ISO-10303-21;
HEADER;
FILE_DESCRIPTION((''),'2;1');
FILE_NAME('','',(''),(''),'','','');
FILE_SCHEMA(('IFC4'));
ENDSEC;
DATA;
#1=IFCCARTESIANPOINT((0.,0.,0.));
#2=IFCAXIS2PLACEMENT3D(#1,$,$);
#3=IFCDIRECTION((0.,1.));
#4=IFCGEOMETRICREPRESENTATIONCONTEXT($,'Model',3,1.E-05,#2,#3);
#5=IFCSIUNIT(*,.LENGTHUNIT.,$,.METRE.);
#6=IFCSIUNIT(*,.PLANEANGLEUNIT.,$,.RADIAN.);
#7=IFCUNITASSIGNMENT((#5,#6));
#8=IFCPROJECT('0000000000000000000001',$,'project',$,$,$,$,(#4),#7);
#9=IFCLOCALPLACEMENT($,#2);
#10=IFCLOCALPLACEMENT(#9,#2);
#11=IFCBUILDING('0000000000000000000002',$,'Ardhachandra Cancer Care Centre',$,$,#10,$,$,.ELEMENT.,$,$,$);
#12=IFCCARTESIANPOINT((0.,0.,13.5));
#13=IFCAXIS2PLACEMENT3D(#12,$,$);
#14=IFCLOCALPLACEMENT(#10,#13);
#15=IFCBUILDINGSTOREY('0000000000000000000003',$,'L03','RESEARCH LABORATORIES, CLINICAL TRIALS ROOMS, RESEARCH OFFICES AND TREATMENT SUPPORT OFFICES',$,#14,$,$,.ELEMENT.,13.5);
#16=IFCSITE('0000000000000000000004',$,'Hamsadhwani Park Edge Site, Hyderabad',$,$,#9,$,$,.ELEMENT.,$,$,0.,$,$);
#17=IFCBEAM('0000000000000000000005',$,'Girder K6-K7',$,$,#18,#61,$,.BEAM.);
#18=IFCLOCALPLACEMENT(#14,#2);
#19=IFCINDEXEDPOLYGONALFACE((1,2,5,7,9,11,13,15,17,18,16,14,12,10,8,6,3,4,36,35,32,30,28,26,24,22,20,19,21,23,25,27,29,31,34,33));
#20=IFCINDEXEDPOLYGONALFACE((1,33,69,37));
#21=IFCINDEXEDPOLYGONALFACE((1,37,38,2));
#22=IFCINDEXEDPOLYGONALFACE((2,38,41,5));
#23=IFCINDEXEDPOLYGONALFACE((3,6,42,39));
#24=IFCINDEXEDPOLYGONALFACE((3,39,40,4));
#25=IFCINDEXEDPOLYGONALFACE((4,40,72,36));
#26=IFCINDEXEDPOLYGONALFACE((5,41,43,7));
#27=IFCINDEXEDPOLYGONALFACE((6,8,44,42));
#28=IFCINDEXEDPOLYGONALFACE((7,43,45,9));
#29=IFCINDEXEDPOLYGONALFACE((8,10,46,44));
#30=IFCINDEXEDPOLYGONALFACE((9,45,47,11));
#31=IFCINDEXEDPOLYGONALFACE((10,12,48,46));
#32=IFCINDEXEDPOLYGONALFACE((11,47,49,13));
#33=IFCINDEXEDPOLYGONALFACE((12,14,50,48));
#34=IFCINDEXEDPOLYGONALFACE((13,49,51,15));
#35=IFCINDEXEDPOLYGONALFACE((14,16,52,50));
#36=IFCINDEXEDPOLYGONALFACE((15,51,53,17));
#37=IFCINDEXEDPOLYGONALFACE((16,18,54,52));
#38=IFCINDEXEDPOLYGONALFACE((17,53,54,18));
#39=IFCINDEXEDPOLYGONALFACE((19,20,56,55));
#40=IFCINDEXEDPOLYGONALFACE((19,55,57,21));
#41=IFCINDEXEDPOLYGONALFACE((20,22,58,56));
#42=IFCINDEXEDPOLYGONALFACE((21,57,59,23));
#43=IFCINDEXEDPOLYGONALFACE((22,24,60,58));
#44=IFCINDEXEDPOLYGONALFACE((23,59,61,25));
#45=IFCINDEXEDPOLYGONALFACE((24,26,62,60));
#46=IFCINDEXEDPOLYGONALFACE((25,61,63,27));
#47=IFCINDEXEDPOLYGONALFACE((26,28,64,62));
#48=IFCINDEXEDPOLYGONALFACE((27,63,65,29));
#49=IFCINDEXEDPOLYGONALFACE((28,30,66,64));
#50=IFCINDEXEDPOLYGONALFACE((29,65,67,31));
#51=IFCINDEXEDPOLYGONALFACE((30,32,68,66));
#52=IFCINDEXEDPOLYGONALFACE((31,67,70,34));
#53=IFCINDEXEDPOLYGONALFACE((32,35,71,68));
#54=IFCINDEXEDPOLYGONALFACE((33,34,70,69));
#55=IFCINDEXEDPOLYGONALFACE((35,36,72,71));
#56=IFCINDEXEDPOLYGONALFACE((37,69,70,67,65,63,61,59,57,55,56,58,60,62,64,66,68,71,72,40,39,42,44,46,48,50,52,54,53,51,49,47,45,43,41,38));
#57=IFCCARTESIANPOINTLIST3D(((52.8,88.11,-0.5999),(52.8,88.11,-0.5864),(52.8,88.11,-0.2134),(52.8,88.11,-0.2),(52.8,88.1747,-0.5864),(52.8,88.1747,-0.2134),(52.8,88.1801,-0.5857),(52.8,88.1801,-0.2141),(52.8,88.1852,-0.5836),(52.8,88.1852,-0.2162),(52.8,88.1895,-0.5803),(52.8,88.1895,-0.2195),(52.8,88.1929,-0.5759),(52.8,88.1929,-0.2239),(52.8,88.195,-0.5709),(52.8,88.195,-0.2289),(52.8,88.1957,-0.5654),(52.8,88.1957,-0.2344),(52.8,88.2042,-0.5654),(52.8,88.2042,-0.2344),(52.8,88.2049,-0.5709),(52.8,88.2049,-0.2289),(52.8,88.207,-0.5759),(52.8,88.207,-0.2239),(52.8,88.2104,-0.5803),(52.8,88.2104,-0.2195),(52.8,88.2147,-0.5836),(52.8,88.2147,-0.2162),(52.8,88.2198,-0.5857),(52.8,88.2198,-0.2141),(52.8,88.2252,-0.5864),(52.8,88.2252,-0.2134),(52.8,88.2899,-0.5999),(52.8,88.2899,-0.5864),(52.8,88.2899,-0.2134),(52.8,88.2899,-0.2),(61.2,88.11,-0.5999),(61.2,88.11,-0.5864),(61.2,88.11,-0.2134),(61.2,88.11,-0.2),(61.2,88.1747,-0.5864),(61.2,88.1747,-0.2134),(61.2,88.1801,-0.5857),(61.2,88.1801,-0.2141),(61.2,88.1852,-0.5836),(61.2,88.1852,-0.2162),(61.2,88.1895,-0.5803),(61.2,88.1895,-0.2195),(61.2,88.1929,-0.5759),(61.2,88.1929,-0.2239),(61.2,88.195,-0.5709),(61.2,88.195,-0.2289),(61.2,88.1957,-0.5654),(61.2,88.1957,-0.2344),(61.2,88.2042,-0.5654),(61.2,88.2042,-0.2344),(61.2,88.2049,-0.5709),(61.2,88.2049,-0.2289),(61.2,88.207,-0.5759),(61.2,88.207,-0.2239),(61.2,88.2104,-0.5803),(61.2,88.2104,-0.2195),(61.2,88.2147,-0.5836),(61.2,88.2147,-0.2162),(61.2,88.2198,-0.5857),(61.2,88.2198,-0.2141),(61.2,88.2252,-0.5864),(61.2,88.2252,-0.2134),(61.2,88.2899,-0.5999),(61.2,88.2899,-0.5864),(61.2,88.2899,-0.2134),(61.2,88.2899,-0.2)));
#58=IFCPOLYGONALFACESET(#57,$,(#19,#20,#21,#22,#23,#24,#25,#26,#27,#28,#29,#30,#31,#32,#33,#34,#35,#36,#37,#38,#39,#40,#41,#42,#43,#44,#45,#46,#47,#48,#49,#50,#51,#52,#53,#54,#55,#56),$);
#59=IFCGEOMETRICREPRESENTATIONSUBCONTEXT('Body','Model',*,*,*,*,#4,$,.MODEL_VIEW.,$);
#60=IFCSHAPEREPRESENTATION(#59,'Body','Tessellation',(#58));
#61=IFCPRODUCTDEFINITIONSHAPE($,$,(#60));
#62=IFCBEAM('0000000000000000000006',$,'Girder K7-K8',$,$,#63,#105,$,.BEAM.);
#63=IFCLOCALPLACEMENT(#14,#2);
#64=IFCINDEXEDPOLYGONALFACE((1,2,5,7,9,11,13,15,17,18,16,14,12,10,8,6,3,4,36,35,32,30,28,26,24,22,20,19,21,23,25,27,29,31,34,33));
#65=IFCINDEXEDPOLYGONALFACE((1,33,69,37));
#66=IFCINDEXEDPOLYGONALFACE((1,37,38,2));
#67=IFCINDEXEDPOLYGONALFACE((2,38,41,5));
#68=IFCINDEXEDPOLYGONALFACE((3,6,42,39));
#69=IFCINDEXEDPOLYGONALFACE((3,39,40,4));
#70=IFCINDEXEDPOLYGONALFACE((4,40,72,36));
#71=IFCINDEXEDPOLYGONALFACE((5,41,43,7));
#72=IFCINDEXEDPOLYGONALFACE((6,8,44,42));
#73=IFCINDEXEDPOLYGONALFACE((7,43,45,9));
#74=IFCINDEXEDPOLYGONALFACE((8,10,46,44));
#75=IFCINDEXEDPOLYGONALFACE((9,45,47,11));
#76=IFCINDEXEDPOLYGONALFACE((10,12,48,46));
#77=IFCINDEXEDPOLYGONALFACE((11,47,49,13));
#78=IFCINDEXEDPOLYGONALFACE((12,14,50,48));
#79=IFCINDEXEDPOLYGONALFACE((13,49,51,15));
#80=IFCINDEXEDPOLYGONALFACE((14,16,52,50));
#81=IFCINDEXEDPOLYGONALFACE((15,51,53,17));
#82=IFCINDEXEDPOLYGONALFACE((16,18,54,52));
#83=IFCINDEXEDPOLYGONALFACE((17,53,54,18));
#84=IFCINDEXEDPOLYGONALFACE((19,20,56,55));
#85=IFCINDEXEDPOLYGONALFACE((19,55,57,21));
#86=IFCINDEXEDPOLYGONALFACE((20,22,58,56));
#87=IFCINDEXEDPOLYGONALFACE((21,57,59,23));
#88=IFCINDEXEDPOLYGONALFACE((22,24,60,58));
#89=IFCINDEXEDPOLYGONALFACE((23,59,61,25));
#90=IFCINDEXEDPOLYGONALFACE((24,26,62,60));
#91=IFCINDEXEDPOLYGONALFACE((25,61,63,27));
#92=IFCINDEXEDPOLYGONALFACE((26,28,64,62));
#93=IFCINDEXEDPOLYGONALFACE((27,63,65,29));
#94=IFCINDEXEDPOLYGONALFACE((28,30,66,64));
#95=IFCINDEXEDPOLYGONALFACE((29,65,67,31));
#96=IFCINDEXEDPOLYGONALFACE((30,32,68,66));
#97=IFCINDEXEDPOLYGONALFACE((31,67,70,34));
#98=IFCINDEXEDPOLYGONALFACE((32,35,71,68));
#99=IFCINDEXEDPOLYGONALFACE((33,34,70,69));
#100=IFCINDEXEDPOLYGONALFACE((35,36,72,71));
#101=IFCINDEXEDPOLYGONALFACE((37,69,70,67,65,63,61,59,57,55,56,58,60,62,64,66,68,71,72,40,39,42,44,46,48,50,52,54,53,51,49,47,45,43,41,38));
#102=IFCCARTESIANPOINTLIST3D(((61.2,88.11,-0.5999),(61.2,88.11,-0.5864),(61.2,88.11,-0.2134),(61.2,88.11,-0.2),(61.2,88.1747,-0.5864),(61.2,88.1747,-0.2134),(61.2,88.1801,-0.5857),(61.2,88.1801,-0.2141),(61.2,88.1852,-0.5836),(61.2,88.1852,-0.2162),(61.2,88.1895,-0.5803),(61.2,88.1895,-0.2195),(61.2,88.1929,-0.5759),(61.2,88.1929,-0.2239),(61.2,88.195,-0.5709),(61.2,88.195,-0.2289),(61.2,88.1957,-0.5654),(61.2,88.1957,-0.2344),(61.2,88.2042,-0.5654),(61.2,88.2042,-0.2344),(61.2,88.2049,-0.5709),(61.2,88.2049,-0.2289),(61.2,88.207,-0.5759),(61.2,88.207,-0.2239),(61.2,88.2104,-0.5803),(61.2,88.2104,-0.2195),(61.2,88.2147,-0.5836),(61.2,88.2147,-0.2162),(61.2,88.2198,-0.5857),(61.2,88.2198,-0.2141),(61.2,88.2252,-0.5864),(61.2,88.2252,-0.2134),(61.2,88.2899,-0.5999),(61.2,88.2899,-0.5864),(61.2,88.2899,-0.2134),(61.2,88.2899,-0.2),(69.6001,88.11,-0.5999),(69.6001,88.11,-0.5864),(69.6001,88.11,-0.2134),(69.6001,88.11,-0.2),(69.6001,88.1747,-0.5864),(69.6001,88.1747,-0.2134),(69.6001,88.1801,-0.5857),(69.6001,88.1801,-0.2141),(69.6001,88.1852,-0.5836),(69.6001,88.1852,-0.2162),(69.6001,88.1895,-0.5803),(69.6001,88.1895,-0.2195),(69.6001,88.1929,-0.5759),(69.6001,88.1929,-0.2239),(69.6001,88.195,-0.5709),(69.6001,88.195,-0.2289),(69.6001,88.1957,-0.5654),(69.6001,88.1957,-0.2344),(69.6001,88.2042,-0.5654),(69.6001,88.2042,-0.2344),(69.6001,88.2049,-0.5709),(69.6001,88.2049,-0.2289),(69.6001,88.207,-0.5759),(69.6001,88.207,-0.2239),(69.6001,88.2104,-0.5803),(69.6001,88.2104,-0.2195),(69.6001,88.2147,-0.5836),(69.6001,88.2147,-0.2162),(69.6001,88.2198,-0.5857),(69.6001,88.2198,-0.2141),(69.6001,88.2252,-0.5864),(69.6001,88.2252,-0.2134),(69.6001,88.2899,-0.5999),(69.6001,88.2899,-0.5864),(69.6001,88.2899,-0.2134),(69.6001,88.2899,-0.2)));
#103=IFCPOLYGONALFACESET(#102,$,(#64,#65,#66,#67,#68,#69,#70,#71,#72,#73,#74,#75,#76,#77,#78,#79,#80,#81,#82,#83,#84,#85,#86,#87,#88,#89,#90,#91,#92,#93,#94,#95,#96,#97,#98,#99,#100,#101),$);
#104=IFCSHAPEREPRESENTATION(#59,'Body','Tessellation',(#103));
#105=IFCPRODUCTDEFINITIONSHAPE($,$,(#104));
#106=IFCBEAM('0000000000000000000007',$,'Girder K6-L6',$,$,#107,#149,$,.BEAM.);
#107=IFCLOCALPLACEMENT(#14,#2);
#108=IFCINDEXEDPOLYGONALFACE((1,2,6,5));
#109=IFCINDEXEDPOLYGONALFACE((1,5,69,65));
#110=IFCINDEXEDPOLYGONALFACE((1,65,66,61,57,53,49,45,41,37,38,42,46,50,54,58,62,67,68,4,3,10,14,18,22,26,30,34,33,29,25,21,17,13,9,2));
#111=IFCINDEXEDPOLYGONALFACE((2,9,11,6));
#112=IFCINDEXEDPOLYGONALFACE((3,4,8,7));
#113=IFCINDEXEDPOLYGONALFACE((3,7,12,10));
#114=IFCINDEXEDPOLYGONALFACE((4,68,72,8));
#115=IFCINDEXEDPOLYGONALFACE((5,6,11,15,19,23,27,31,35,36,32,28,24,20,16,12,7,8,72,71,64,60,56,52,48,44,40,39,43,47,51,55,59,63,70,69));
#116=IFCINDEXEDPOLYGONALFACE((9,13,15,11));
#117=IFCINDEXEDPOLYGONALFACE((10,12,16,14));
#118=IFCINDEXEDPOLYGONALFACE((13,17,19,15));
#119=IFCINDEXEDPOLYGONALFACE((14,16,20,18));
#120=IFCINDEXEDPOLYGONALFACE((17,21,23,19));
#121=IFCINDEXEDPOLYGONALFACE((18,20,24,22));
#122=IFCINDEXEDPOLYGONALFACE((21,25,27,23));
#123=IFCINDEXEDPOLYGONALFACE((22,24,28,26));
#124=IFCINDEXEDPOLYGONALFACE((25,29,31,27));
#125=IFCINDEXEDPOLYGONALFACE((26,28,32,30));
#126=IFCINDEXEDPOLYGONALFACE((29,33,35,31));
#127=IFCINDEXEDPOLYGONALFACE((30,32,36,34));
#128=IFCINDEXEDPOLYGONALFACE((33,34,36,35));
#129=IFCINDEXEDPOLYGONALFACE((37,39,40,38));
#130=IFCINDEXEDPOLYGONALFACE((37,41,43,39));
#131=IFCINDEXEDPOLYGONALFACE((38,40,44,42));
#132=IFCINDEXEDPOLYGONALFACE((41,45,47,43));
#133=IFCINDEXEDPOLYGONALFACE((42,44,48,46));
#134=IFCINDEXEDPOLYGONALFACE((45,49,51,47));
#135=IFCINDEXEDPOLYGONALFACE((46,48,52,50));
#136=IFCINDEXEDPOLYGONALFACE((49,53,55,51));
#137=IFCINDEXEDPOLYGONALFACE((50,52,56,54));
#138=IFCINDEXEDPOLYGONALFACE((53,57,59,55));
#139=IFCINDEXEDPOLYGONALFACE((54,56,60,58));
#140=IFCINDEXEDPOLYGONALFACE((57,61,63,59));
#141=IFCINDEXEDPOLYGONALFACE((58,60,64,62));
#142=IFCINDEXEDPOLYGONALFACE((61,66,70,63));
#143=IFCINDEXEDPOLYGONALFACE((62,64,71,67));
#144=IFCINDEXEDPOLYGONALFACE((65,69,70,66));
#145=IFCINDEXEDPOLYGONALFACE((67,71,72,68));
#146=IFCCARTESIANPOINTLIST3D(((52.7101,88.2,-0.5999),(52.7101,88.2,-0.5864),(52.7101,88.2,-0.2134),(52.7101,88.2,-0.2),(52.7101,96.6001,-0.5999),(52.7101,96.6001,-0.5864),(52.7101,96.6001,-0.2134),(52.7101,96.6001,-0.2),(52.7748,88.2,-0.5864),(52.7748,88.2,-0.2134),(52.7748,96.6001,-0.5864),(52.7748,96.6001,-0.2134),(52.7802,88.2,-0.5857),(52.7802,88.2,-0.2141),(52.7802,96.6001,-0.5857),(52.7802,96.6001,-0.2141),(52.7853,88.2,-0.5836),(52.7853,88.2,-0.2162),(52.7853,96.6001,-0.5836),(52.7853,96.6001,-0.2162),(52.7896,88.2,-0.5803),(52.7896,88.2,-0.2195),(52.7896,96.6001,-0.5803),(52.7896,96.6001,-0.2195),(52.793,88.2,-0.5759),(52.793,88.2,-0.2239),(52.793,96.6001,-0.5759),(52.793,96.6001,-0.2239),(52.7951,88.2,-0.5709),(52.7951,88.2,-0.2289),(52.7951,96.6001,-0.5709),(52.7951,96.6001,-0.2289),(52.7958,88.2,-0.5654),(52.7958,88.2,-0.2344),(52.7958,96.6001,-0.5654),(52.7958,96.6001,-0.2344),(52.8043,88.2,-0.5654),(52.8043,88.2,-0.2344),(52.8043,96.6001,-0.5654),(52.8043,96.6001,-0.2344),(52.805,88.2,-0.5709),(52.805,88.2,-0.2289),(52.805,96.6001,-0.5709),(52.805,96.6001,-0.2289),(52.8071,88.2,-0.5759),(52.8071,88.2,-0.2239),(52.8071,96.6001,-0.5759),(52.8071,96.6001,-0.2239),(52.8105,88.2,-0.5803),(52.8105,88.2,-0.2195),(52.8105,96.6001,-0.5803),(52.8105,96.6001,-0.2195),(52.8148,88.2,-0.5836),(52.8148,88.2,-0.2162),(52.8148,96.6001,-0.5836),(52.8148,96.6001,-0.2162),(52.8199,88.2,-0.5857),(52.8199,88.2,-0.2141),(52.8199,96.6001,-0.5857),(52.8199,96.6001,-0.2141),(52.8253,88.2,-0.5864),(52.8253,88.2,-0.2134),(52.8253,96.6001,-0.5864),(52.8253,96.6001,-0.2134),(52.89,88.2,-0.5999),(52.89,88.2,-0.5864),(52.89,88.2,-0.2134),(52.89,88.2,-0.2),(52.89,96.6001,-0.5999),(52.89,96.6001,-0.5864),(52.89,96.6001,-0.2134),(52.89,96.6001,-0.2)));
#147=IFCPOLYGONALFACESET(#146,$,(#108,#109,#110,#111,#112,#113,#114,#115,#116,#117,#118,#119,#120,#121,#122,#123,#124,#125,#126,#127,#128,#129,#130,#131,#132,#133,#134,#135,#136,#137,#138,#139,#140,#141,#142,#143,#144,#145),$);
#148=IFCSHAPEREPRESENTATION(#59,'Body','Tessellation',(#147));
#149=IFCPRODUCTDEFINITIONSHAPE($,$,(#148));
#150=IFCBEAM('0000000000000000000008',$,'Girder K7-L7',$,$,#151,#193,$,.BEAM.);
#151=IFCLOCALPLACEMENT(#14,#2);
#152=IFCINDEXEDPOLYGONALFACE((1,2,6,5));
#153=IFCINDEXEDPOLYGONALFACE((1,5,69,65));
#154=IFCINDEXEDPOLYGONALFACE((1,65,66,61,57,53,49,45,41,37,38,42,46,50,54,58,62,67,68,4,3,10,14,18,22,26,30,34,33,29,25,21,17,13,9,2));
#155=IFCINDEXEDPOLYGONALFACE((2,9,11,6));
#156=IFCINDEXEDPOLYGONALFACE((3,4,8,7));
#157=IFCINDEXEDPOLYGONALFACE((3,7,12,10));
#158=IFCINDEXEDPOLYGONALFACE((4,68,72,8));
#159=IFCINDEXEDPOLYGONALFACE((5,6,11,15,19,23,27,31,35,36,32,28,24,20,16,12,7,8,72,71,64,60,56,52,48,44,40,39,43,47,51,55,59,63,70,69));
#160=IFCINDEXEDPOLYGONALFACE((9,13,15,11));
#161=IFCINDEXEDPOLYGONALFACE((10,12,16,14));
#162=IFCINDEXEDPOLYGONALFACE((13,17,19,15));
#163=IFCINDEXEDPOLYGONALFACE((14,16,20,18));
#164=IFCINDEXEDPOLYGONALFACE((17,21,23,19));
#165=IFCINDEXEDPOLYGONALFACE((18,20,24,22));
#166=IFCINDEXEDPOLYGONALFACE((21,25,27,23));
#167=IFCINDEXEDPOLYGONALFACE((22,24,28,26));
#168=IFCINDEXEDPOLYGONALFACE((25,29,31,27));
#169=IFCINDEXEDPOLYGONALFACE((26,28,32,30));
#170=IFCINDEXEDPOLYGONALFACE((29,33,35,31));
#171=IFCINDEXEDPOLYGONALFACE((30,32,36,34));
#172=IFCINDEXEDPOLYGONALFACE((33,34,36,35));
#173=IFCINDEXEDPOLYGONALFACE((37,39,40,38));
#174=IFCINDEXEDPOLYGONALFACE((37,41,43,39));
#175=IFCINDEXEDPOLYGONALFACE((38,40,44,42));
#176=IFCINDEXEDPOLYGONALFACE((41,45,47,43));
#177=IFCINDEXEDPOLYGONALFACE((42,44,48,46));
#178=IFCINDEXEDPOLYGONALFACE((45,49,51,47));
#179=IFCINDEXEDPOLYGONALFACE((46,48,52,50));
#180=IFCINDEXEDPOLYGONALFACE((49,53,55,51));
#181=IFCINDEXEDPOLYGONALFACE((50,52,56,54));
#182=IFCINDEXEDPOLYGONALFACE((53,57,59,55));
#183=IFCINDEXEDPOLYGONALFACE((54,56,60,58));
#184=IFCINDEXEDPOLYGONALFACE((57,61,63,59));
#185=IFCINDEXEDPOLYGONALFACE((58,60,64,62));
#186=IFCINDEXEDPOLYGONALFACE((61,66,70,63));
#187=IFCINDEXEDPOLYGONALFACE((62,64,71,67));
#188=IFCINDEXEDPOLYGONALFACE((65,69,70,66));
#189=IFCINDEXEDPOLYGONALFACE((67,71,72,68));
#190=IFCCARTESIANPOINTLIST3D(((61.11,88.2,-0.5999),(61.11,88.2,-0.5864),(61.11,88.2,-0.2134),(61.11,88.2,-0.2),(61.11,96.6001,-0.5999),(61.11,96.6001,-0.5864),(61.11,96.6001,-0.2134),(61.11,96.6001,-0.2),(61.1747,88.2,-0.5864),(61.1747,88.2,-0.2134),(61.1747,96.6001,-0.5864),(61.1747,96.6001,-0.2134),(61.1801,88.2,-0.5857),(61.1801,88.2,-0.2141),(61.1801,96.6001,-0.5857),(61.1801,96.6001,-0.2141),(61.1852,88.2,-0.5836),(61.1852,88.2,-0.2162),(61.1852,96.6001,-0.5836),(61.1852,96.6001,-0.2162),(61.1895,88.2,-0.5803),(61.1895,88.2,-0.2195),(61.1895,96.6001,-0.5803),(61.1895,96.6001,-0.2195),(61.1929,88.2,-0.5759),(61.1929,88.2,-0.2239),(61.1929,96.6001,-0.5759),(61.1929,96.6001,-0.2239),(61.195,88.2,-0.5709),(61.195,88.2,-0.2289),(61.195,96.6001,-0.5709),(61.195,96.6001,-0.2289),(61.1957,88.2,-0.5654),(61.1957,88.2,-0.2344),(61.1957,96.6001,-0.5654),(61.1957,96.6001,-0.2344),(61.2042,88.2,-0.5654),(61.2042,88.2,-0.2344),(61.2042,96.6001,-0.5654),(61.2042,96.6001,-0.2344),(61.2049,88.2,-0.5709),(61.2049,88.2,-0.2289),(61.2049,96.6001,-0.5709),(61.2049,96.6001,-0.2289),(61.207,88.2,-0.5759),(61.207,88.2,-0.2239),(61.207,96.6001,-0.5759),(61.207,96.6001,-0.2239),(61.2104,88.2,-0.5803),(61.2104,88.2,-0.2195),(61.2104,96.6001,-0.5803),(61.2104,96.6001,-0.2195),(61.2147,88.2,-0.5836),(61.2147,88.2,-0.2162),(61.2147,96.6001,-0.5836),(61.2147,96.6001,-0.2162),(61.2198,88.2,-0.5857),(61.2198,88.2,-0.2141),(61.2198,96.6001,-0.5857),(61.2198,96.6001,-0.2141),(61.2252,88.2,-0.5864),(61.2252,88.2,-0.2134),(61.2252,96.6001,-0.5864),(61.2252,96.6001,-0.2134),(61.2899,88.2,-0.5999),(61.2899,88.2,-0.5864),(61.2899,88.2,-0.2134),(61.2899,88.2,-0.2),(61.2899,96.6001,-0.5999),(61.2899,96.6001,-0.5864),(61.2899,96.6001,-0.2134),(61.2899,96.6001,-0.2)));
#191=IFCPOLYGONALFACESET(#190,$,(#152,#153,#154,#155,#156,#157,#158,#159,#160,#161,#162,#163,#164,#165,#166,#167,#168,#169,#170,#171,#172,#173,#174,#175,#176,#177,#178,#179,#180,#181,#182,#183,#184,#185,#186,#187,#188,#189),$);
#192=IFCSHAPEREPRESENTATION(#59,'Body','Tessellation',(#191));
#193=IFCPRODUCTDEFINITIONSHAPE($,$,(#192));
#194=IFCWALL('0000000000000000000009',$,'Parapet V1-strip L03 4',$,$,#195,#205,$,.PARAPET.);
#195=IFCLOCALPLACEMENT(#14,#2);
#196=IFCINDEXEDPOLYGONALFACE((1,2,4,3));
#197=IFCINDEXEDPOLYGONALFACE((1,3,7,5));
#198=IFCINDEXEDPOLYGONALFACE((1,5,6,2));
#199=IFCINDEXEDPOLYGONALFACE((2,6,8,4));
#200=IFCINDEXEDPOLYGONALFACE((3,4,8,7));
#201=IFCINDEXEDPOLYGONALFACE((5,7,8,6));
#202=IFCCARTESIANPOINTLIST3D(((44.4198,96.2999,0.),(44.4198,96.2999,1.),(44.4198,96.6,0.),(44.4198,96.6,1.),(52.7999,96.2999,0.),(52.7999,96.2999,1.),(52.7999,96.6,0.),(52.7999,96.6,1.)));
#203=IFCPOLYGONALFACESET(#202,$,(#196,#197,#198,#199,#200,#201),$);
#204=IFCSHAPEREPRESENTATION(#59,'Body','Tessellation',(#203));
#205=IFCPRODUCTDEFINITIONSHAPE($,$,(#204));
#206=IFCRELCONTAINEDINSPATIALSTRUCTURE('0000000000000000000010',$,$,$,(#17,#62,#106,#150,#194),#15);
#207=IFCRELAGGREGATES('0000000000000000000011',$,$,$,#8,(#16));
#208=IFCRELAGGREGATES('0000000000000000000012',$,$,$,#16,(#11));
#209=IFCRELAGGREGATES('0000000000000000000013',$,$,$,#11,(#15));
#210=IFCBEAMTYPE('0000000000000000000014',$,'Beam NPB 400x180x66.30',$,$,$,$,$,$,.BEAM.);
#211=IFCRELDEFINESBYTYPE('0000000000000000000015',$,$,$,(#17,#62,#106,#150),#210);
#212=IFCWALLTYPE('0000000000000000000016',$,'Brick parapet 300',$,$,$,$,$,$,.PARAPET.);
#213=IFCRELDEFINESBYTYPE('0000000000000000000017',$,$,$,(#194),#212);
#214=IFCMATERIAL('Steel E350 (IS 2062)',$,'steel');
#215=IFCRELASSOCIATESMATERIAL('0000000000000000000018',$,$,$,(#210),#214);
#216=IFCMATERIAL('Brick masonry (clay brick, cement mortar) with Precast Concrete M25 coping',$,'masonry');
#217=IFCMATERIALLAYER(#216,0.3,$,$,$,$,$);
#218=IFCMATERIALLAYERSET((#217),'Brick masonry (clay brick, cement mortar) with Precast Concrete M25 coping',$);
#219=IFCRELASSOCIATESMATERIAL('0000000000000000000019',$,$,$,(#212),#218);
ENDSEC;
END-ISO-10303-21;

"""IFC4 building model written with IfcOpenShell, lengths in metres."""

from ifc_helpers import new_model, si_unit, direction, frame, frame_2d, origin, origin_2d, place, context, subcontext, project, spatial, rectangle, i_section, extrude, material, layer, layer_set, material_profile, profile_set, type_object, element, save


model = new_model("IFC4")

# Units and contexts
model_context = context("Model", 3, precision=1e-05, world=origin(), true_north=direction((0.0, 1.0)))
body_context = subcontext(model_context, "Body", "Model", "MODEL_VIEW")
ifc_project = project(units=[si_unit("LENGTHUNIT", "METRE"), si_unit("PLANEANGLEUNIT", "RADIAN")], contexts=[model_context])

# Site, building, storey
site_placement = place(None, origin())
site = spatial("IfcSite", under=ifc_project, at=site_placement, Name="Hamsadhwani Park Edge Site, Hyderabad", CompositionType="ELEMENT", RefElevation=0.0)
building_placement = place(site_placement, origin())
building = spatial("IfcBuilding", under=site, at=building_placement, Name="Ardhachandra Cancer Care Centre", CompositionType="ELEMENT")
storey_placement = place(building_placement, frame((0.0, 0.0, 13.5)))
storey = spatial("IfcBuildingStorey", under=building, at=storey_placement, Name="L03", Description="RESEARCH LABORATORIES, CLINICAL TRIALS ROOMS, RESEARCH OFFICES AND TREATMENT SUPPORT OFFICES", CompositionType="ELEMENT", Elevation=13.5)

# Beams
ifc_material_1 = material(Name="Steel E350 (IS 2062)", Category="steel")
ifc_material_profile_1 = material_profile(ifc_material_1, i_section(OverallWidth=0.1799, OverallDepth=0.3999, WebThickness=0.0085, FlangeThickness=0.0134, FilletRadius=0.021, at=origin_2d()), Name="NPB 400x180x66.30")
ifc_profile_set_1 = profile_set([ifc_material_profile_1], Name="Steel E350 (IS 2062)")
beam_type_1 = type_object("IfcBeamType", Name="Beam NPB 400x180x66.30", PredefinedType="BEAM", material=ifc_profile_set_1)
beam_1_placement = place(storey_placement, frame((52.8, 88.2, -0.3999), z_axis=(1.0, 0.0, 0.0), x_axis=(0.0, 1.0, 0.0)))
element("IfcBeam", 1, at=beam_1_placement, inside=storey, type_object=beam_type_1, Name="Girder K6-K7", PredefinedType="BEAM", context=body_context, shape_type="SweptSolid", body=[
    extrude(i_section(OverallWidth=0.1799, OverallDepth=0.3999, WebThickness=0.0085, FlangeThickness=0.0134, FilletRadius=0.021, at=origin_2d()), origin(), (0.0, 0.0, 1.0), 8.3999),
])
for number, where, z_axis, x_axis, name in (
    (2, (61.2, 88.2, -0.3999), (1.0, 0.0, 0.0), (0.0, 1.0, 0.0), "Girder K7-K8"),
    (3, (52.8, 88.2, -0.3999), (0.0, 1.0, 0.0), (-1.0, 0.0, 0.0), "Girder K6-L6"),
    (4, (61.2, 88.2, -0.3999), (0.0, 1.0, 0.0), (-1.0, 0.0, 0.0), "Girder K7-L7"),
):
    element("IfcBeam", number, at=place(storey_placement, frame(where, z_axis=z_axis, x_axis=x_axis)), inside=storey, type_object=beam_type_1, Name=name, PredefinedType="BEAM", context=body_context, shape_type="SweptSolid", body=[
        extrude(i_section(OverallWidth=0.1799, OverallDepth=0.3999, WebThickness=0.0085, FlangeThickness=0.0134, FilletRadius=0.021, at=origin_2d()), origin(), (0.0, 0.0, 1.0), 8.4001),
    ])

# Wall
ifc_material_2 = material(Name="Brick masonry (clay brick, cement mortar) with Precast Concrete M25 coping", Category="masonry")
ifc_layer_1 = layer(ifc_material_2, 0.3)
ifc_layer_set_1 = layer_set([ifc_layer_1], Name="Brick masonry (clay brick, cement mortar) with Precast Concrete M25 coping")
wall_type_1 = type_object("IfcWallType", Name="Brick parapet 300", PredefinedType="PARAPET", material=ifc_layer_set_1)
wall_1_placement = place(storey_placement, frame((44.4199, 96.45, 0.0), z_axis=(0.0, 0.0, 1.0), x_axis=(1.0, 0.0, 0.0)))
element("IfcWall", 5, at=wall_1_placement, inside=storey, type_object=wall_type_1, Name="Parapet V1-strip L03 4", PredefinedType="PARAPET", context=body_context, shape_type="SweptSolid", body=[
    extrude(rectangle(XDim=8.3801, YDim=0.3, at=frame_2d((4.1899, 0.0))), origin(), (0.0, 0.0, 1.0), 1.0),
])

save(model, "model.ifc")
